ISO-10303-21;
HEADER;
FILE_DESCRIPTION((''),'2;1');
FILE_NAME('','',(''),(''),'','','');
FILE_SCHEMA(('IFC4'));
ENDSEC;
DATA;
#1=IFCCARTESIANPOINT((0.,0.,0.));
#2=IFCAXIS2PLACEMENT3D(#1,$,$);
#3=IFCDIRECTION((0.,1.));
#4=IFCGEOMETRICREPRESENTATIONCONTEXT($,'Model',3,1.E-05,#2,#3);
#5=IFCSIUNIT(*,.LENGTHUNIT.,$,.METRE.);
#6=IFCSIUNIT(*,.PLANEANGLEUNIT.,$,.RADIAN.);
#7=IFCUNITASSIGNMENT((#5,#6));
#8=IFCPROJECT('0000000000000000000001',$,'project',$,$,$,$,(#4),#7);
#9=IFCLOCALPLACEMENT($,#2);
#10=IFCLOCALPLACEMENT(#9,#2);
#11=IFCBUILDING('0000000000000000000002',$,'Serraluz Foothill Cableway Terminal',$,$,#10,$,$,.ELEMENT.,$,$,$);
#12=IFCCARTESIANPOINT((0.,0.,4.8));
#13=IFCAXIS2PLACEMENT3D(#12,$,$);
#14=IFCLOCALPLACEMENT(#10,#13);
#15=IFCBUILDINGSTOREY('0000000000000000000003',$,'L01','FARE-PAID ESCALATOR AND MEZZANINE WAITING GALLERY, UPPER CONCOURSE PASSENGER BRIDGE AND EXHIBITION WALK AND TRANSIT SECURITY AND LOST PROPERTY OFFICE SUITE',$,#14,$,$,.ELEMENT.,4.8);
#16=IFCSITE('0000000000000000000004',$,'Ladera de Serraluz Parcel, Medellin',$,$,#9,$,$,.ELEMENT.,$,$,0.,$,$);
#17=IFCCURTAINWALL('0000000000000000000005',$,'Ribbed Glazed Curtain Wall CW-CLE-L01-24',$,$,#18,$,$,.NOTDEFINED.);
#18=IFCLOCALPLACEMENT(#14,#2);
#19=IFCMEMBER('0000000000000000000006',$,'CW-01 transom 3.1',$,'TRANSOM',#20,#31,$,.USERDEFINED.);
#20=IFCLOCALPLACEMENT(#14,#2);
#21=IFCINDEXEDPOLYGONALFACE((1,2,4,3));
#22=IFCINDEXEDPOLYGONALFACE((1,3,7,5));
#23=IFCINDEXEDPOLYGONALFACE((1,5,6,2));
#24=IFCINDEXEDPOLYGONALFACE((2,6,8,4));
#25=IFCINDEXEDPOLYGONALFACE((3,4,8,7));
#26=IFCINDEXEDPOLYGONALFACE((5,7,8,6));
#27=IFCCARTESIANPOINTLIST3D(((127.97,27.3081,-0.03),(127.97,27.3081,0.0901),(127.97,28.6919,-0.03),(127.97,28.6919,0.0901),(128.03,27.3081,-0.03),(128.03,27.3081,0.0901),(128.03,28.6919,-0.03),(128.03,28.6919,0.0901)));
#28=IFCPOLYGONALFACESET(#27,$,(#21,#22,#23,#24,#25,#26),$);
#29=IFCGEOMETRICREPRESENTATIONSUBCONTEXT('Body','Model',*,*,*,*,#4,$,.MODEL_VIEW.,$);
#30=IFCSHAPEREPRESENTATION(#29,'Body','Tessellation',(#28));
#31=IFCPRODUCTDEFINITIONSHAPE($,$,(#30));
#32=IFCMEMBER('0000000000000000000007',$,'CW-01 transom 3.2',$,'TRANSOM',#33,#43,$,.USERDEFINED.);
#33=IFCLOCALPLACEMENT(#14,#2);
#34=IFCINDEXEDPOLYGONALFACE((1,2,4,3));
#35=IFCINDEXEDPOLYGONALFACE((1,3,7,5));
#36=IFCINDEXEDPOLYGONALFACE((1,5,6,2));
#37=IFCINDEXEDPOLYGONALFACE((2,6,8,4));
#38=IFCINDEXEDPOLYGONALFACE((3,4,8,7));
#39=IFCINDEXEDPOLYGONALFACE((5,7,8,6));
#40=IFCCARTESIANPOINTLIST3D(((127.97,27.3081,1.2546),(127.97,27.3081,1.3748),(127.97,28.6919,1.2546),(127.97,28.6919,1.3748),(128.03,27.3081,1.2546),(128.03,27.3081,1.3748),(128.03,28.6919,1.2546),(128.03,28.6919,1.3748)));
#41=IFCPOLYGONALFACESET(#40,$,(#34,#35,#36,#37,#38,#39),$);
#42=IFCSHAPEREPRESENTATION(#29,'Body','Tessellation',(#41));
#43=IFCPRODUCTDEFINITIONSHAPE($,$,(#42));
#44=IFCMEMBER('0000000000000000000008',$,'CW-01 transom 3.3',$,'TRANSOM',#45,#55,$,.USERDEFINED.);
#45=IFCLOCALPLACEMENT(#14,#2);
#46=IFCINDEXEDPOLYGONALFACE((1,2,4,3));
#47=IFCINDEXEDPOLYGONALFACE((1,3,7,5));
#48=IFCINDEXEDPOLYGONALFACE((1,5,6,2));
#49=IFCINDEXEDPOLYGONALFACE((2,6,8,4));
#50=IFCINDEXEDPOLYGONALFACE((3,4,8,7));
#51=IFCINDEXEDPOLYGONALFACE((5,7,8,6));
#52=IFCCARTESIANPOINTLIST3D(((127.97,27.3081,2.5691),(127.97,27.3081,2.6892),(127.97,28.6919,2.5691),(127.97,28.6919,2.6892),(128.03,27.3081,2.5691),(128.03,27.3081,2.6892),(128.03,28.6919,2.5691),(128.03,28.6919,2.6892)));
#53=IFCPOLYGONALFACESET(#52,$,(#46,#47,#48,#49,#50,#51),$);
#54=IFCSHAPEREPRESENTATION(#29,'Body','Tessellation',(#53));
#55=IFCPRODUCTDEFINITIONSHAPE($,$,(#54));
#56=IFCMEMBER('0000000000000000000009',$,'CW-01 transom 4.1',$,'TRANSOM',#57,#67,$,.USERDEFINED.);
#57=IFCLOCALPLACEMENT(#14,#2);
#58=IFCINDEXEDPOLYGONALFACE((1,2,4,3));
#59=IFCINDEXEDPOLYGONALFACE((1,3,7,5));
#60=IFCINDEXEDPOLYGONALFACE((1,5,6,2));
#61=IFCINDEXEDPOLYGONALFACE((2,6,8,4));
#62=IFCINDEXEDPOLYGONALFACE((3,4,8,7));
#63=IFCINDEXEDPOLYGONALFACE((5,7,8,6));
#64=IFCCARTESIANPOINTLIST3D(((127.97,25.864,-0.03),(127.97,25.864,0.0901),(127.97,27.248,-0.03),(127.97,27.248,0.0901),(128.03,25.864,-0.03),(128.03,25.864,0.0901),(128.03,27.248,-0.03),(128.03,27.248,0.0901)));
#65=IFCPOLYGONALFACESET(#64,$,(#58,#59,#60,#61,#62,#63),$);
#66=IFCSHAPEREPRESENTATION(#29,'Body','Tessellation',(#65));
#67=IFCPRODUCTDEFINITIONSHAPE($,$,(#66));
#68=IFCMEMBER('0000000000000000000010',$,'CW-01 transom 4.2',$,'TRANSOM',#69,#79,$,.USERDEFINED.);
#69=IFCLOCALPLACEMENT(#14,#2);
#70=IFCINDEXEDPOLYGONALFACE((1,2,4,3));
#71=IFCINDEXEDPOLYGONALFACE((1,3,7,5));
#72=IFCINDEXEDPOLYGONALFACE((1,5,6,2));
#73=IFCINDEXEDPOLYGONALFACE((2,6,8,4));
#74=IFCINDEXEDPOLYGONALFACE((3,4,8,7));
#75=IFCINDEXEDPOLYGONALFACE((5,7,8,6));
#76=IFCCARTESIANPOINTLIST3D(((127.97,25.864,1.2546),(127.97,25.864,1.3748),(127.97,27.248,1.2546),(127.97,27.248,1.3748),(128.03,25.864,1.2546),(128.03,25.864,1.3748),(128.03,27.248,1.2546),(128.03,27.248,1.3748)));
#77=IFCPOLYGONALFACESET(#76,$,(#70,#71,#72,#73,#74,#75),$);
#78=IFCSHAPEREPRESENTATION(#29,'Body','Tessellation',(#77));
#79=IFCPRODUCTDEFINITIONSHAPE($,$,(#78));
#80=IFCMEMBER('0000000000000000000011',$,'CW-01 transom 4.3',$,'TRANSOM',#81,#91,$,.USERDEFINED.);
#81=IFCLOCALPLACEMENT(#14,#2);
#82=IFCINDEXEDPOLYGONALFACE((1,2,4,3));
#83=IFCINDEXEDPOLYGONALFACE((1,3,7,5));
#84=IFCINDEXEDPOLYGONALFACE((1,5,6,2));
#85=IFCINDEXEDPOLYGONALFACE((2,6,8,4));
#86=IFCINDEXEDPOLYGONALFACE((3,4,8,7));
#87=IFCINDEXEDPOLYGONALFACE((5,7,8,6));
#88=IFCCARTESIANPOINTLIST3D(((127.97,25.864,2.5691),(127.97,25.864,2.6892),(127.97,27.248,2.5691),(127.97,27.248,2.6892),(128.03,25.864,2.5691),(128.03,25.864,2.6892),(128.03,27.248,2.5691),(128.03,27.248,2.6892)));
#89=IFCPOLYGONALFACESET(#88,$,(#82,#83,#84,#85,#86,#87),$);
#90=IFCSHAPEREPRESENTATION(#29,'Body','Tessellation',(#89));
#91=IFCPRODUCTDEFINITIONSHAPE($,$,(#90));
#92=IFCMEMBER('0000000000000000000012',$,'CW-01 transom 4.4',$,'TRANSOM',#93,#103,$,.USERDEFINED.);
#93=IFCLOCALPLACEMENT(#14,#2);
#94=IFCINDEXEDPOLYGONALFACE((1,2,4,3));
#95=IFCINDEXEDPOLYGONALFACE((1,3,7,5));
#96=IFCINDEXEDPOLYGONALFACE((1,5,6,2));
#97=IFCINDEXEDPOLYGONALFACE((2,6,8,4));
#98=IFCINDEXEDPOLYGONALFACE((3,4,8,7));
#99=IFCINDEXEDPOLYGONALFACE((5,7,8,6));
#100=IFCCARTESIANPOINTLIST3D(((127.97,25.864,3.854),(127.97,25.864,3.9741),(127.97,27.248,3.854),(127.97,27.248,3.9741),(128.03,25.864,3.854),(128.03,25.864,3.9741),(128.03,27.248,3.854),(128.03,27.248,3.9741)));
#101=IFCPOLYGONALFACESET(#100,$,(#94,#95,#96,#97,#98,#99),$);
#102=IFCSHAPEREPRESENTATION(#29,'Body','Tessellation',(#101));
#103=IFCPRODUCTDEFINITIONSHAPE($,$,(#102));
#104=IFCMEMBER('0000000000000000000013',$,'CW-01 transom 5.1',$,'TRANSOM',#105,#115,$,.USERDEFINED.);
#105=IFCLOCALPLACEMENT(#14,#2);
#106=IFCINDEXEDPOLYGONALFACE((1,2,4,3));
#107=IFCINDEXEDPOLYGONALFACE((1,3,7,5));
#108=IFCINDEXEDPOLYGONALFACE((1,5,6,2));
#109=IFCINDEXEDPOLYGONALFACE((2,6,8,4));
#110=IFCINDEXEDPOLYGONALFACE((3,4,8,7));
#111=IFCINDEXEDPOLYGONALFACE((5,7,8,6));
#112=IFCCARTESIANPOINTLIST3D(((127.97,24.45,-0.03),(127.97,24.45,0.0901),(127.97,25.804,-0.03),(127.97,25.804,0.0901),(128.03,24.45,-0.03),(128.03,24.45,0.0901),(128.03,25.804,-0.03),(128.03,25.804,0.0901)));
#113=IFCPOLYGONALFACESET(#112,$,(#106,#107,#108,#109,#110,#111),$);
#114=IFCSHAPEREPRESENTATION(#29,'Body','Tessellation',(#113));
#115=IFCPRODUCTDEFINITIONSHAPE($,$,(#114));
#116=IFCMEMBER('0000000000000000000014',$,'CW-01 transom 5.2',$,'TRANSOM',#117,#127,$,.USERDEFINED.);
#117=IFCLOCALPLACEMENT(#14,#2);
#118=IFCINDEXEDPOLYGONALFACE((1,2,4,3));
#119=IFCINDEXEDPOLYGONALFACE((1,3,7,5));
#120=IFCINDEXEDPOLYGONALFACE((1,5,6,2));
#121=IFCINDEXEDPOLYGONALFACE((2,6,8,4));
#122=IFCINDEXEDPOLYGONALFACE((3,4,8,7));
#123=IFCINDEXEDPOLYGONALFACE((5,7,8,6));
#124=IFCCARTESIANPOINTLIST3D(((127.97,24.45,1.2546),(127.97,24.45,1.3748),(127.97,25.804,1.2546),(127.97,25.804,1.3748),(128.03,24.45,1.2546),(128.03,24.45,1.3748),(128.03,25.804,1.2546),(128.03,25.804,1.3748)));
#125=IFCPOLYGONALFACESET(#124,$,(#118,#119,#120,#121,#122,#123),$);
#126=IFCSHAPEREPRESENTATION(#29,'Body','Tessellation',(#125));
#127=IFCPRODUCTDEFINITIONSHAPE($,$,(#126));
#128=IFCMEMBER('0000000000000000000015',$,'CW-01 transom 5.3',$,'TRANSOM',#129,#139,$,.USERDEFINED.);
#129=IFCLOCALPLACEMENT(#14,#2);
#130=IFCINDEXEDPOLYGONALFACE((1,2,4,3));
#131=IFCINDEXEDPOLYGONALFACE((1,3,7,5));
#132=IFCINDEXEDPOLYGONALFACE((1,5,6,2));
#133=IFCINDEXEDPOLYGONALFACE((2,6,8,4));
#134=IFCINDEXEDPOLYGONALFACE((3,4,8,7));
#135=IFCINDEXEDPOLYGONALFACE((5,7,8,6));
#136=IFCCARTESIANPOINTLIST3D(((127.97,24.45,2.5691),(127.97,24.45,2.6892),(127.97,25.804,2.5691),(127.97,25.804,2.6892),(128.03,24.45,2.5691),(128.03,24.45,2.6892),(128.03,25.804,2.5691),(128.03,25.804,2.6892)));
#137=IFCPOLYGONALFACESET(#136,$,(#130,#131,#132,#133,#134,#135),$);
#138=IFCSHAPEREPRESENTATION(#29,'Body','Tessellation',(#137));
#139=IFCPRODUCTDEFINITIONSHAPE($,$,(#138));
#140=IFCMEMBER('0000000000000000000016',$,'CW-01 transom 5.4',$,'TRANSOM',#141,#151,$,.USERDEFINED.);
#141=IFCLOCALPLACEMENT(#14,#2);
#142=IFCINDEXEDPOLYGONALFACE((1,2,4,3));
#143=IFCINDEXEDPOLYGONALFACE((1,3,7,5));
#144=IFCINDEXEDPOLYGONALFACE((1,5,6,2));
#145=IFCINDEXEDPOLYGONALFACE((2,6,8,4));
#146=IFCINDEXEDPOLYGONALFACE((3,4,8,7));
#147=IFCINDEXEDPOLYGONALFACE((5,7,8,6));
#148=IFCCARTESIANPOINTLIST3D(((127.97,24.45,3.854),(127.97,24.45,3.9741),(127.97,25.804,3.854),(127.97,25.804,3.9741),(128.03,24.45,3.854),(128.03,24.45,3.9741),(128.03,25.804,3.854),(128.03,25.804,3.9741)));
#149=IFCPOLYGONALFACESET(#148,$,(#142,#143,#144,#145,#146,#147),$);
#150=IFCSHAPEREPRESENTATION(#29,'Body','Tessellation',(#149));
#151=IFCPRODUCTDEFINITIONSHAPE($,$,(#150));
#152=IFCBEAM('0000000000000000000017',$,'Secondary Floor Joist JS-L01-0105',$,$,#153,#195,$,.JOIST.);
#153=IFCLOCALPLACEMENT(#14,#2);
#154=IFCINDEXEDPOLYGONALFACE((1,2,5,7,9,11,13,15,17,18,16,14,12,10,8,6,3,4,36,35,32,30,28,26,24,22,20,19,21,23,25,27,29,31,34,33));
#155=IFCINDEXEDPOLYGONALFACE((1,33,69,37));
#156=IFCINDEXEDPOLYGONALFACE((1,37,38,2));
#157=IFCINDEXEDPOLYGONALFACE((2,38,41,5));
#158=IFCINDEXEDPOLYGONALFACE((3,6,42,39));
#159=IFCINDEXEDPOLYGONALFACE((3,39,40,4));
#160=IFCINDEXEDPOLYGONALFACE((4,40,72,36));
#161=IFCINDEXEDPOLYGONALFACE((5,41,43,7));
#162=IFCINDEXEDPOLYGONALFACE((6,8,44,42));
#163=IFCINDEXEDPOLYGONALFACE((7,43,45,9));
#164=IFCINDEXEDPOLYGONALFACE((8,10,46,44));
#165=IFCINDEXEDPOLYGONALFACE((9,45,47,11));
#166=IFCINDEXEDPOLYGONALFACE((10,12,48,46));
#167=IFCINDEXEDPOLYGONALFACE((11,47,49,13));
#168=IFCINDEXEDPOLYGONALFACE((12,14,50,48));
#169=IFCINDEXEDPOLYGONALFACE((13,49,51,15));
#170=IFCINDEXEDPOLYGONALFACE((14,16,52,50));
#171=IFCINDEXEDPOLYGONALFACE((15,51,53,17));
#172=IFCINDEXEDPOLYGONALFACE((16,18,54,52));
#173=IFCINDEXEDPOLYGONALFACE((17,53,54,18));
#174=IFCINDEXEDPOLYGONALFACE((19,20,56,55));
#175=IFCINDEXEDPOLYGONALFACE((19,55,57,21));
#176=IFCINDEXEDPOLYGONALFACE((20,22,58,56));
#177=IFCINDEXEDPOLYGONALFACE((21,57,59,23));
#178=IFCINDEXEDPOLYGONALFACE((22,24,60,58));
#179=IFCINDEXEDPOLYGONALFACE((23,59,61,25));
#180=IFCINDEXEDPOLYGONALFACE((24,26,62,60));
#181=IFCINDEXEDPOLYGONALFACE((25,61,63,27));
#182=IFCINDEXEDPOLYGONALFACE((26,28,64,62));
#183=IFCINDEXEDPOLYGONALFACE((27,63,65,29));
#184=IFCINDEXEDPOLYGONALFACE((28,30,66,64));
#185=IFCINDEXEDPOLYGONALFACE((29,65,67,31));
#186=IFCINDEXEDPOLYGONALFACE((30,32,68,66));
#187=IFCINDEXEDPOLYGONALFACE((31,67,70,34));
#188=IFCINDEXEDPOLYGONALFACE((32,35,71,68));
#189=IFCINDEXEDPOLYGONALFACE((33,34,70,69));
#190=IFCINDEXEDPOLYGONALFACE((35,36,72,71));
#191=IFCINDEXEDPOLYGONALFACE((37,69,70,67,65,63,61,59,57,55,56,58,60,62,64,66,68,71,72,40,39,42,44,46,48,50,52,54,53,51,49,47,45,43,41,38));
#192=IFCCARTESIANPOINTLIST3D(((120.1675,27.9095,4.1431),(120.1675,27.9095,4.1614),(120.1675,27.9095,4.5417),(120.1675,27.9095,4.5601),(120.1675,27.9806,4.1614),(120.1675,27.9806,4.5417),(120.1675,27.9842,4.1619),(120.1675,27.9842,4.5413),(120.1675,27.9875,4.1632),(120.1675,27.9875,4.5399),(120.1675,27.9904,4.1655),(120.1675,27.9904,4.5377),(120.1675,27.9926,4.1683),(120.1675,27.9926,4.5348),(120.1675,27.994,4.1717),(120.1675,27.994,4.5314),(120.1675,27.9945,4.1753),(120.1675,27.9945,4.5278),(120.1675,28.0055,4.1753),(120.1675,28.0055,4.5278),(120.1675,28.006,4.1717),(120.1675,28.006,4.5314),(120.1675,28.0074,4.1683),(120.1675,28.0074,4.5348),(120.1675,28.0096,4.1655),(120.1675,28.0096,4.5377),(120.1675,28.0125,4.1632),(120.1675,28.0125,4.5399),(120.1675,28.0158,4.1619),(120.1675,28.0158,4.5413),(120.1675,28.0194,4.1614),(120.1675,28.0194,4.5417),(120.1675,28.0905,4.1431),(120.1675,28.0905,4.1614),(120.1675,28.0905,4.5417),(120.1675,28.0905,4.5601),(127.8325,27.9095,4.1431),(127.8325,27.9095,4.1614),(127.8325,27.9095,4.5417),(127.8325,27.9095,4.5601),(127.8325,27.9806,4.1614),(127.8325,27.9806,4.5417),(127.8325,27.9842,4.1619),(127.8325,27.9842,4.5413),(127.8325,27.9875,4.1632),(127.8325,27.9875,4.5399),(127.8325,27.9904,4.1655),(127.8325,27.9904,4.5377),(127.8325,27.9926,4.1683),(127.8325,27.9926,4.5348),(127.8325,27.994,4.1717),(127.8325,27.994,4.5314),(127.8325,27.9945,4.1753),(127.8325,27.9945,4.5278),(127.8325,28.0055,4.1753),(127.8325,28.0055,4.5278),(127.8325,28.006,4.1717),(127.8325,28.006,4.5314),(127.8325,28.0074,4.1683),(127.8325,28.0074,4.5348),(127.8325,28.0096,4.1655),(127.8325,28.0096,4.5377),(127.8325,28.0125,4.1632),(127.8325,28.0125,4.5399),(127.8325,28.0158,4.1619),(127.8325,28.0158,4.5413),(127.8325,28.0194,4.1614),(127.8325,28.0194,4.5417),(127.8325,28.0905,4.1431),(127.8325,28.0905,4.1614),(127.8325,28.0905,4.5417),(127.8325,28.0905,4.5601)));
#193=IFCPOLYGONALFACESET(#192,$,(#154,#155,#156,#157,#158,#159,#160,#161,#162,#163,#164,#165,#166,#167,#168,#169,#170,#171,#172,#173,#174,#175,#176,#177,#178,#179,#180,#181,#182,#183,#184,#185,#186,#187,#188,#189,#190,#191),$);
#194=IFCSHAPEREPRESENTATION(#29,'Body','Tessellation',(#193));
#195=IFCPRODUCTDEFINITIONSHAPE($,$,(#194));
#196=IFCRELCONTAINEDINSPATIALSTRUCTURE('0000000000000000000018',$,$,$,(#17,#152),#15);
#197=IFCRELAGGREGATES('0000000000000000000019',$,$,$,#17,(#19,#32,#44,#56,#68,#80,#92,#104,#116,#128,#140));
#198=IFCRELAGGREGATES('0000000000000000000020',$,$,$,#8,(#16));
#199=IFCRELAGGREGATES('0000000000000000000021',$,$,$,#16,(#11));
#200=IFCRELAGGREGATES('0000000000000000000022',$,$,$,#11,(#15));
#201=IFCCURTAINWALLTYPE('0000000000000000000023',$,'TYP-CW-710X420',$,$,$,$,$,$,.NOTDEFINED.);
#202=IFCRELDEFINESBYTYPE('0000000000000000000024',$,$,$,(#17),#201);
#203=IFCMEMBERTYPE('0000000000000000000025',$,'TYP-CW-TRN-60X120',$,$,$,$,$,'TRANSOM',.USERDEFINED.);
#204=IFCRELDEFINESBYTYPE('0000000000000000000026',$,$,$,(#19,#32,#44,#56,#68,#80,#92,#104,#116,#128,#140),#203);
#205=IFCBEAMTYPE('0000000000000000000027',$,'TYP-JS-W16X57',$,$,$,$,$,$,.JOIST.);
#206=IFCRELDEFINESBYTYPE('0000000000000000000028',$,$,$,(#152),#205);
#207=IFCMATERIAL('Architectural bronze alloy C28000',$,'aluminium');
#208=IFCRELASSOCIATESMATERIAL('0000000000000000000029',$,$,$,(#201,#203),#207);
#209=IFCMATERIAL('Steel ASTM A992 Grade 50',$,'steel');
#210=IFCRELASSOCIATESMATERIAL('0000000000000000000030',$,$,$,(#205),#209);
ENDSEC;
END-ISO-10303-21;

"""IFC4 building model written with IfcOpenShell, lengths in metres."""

from ifc_helpers import new_model, si_unit, direction, frame, origin, origin_2d, place, context, subcontext, project, spatial, rectangle, i_section, extrude, material, material_profile, profile_set, type_object, element, aggregate, save


model = new_model("IFC4")

# Units and contexts
model_context = context("Model", 3, precision=1e-05, world=origin(), true_north=direction((0.0, 1.0)))
body_context = subcontext(model_context, "Body", "Model", "MODEL_VIEW")
ifc_project = project(units=[si_unit("LENGTHUNIT", "METRE"), si_unit("PLANEANGLEUNIT", "RADIAN")], contexts=[model_context])

# Site, building, storey
site_placement = place(None, origin())
site = spatial("IfcSite", under=ifc_project, at=site_placement, Name="Ladera de Serraluz Parcel, Medellin", CompositionType="ELEMENT", RefElevation=0.0)
building_placement = place(site_placement, origin())
building = spatial("IfcBuilding", under=site, at=building_placement, Name="Serraluz Foothill Cableway Terminal", CompositionType="ELEMENT")
storey_placement = place(building_placement, frame((0.0, 0.0, 4.8)))
storey = spatial("IfcBuildingStorey", under=building, at=storey_placement, Name="L01", Description="FARE-PAID ESCALATOR AND MEZZANINE WAITING GALLERY, UPPER CONCOURSE PASSENGER BRIDGE AND EXHIBITION WALK AND TRANSIT SECURITY AND LOST PROPERTY OFFICE SUITE", CompositionType="ELEMENT", Elevation=4.8)

# Shared definitions
ifc_material_1 = material(Name="Steel ASTM A992 Grade 50", Category="steel")

# Shared definitions
ifc_material_2 = material(Name="Architectural bronze alloy C28000", Category="aluminium")
curtain_wall_type = type_object("IfcCurtainWallType", Name="TYP-CW-710X420", PredefinedType="NOTDEFINED", material=ifc_material_2)

# Curtain wall
curtain_wall_1_placement = place(storey_placement, origin())
curtain_wall_1 = element("IfcCurtainWall", 1, at=curtain_wall_1_placement, inside=storey, type_object=curtain_wall_type, Name="Ribbed Glazed Curtain Wall CW-CLE-L01-24", PredefinedType="NOTDEFINED")

# Members
ifc_material_profile_1 = material_profile(ifc_material_2, rectangle(XDim=0.0601, YDim=0.1201, at=origin_2d()), Name="ALU TRANSOM 60x120")
ifc_profile_set_1 = profile_set([ifc_material_profile_1], Name="Architectural bronze alloy C28000")
member_type_1 = type_object("IfcMemberType", Name="TYP-CW-TRN-60X120", ElementType="TRANSOM", PredefinedType="USERDEFINED", material=ifc_profile_set_1)
member_1_placement = place(storey_placement, frame((128.0, 28.6919, 0.03), z_axis=(0.0, -1.0, 0.0), x_axis=(1.0, 0.0, 0.0)))
member_1 = element("IfcMember", 2, at=member_1_placement, type_object=member_type_1, Name="CW-01 transom 3.1", ObjectType="TRANSOM", PredefinedType="USERDEFINED", context=body_context, shape_type="SweptSolid", body=[
    extrude(rectangle(XDim=0.0601, YDim=0.1201, at=origin_2d()), origin(), (0.0, 0.0, 1.0), 1.3838),
])
member_2_placement = place(storey_placement, frame((128.0, 28.6919, 1.3147), z_axis=(0.0, -1.0, 0.0), x_axis=(1.0, 0.0, 0.0)))
member_2 = element("IfcMember", 3, at=member_2_placement, type_object=member_type_1, Name="CW-01 transom 3.2", ObjectType="TRANSOM", PredefinedType="USERDEFINED", context=body_context, shape_type="SweptSolid", body=[
    extrude(rectangle(XDim=0.0601, YDim=0.1201, at=origin_2d()), origin(), (0.0, 0.0, 1.0), 1.3838),
])
member_3_placement = place(storey_placement, frame((128.0, 28.6919, 2.6292), z_axis=(0.0, -1.0, 0.0), x_axis=(1.0, 0.0, 0.0)))
member_3 = element("IfcMember", 4, at=member_3_placement, type_object=member_type_1, Name="CW-01 transom 3.3", ObjectType="TRANSOM", PredefinedType="USERDEFINED", context=body_context, shape_type="SweptSolid", body=[
    extrude(rectangle(XDim=0.0601, YDim=0.1201, at=origin_2d()), origin(), (0.0, 0.0, 1.0), 1.3838),
])
member_4_placement = place(storey_placement, frame((128.0, 27.248, 0.03), z_axis=(0.0, -1.0, 0.0), x_axis=(1.0, 0.0, 0.0)))
member_4 = element("IfcMember", 5, at=member_4_placement, type_object=member_type_1, Name="CW-01 transom 4.1", ObjectType="TRANSOM", PredefinedType="USERDEFINED", context=body_context, shape_type="SweptSolid", body=[
    extrude(rectangle(XDim=0.0601, YDim=0.1201, at=origin_2d()), origin(), (0.0, 0.0, 1.0), 1.384),
])
member_5_placement = place(storey_placement, frame((128.0, 27.248, 1.3147), z_axis=(0.0, -1.0, 0.0), x_axis=(1.0, 0.0, 0.0)))
member_5 = element("IfcMember", 6, at=member_5_placement, type_object=member_type_1, Name="CW-01 transom 4.2", ObjectType="TRANSOM", PredefinedType="USERDEFINED", context=body_context, shape_type="SweptSolid", body=[
    extrude(rectangle(XDim=0.0601, YDim=0.1201, at=origin_2d()), origin(), (0.0, 0.0, 1.0), 1.384),
])
member_6_placement = place(storey_placement, frame((128.0, 27.248, 2.6292), z_axis=(0.0, -1.0, 0.0), x_axis=(1.0, 0.0, 0.0)))
member_6 = element("IfcMember", 7, at=member_6_placement, type_object=member_type_1, Name="CW-01 transom 4.3", ObjectType="TRANSOM", PredefinedType="USERDEFINED", context=body_context, shape_type="SweptSolid", body=[
    extrude(rectangle(XDim=0.0601, YDim=0.1201, at=origin_2d()), origin(), (0.0, 0.0, 1.0), 1.384),
])
member_7_placement = place(storey_placement, frame((128.0, 27.248, 3.9141), z_axis=(0.0, -1.0, 0.0), x_axis=(1.0, 0.0, 0.0)))
member_7 = element("IfcMember", 8, at=member_7_placement, type_object=member_type_1, Name="CW-01 transom 4.4", ObjectType="TRANSOM", PredefinedType="USERDEFINED", context=body_context, shape_type="SweptSolid", body=[
    extrude(rectangle(XDim=0.0601, YDim=0.1201, at=origin_2d()), origin(), (0.0, 0.0, 1.0), 1.384),
])
member_8_placement = place(storey_placement, frame((128.0, 25.804, 0.03), z_axis=(0.0, -1.0, 0.0), x_axis=(1.0, 0.0, 0.0)))
member_8 = element("IfcMember", 9, at=member_8_placement, type_object=member_type_1, Name="CW-01 transom 5.1", ObjectType="TRANSOM", PredefinedType="USERDEFINED", context=body_context, shape_type="SweptSolid", body=[
    extrude(rectangle(XDim=0.0601, YDim=0.1201, at=origin_2d()), origin(), (0.0, 0.0, 1.0), 1.354),
])
member_9_placement = place(storey_placement, frame((128.0, 25.804, 1.3147), z_axis=(0.0, -1.0, 0.0), x_axis=(1.0, 0.0, 0.0)))
member_9 = element("IfcMember", 10, at=member_9_placement, type_object=member_type_1, Name="CW-01 transom 5.2", ObjectType="TRANSOM", PredefinedType="USERDEFINED", context=body_context, shape_type="SweptSolid", body=[
    extrude(rectangle(XDim=0.0601, YDim=0.1201, at=origin_2d()), origin(), (0.0, 0.0, 1.0), 1.354),
])
member_10_placement = place(storey_placement, frame((128.0, 25.804, 2.6292), z_axis=(0.0, -1.0, 0.0), x_axis=(1.0, 0.0, 0.0)))
member_10 = element("IfcMember", 11, at=member_10_placement, type_object=member_type_1, Name="CW-01 transom 5.3", ObjectType="TRANSOM", PredefinedType="USERDEFINED", context=body_context, shape_type="SweptSolid", body=[
    extrude(rectangle(XDim=0.0601, YDim=0.1201, at=origin_2d()), origin(), (0.0, 0.0, 1.0), 1.354),
])
member_11_placement = place(storey_placement, frame((128.0, 25.804, 3.9141), z_axis=(0.0, -1.0, 0.0), x_axis=(1.0, 0.0, 0.0)))
member_11 = element("IfcMember", 12, at=member_11_placement, type_object=member_type_1, Name="CW-01 transom 5.4", ObjectType="TRANSOM", PredefinedType="USERDEFINED", context=body_context, shape_type="SweptSolid", body=[
    extrude(rectangle(XDim=0.0601, YDim=0.1201, at=origin_2d()), origin(), (0.0, 0.0, 1.0), 1.354),
])

# Beam
ifc_material_profile_2 = material_profile(ifc_material_1, i_section(OverallWidth=0.1809, OverallDepth=0.417, WebThickness=0.011, FlangeThickness=0.0183, FilletRadius=0.0139, at=origin_2d()), Name="W16X57")
ifc_profile_set_2 = profile_set([ifc_material_profile_2], Name="Steel ASTM A992 Grade 50")
beam_type_1 = type_object("IfcBeamType", Name="TYP-JS-W16X57", PredefinedType="JOIST", material=ifc_profile_set_2)
beam_1_placement = place(storey_placement, frame((120.1675, 28.0, 4.3516), z_axis=(1.0, 0.0, 0.0), x_axis=(0.0, 1.0, 0.0)))
element("IfcBeam", 13, at=beam_1_placement, inside=storey, type_object=beam_type_1, Name="Secondary Floor Joist JS-L01-0105", PredefinedType="JOIST", context=body_context, shape_type="SweptSolid", body=[
    extrude(i_section(OverallWidth=0.1809, OverallDepth=0.417, WebThickness=0.011, FlangeThickness=0.0183, FilletRadius=0.0139, at=origin_2d()), origin(), (0.0, 0.0, 1.0), 7.665),
])

aggregate(curtain_wall_1, [member_1, member_2, member_3, member_4, member_5, member_6, member_7, member_8, member_9, member_10, member_11])

save(model, "model.ifc")
